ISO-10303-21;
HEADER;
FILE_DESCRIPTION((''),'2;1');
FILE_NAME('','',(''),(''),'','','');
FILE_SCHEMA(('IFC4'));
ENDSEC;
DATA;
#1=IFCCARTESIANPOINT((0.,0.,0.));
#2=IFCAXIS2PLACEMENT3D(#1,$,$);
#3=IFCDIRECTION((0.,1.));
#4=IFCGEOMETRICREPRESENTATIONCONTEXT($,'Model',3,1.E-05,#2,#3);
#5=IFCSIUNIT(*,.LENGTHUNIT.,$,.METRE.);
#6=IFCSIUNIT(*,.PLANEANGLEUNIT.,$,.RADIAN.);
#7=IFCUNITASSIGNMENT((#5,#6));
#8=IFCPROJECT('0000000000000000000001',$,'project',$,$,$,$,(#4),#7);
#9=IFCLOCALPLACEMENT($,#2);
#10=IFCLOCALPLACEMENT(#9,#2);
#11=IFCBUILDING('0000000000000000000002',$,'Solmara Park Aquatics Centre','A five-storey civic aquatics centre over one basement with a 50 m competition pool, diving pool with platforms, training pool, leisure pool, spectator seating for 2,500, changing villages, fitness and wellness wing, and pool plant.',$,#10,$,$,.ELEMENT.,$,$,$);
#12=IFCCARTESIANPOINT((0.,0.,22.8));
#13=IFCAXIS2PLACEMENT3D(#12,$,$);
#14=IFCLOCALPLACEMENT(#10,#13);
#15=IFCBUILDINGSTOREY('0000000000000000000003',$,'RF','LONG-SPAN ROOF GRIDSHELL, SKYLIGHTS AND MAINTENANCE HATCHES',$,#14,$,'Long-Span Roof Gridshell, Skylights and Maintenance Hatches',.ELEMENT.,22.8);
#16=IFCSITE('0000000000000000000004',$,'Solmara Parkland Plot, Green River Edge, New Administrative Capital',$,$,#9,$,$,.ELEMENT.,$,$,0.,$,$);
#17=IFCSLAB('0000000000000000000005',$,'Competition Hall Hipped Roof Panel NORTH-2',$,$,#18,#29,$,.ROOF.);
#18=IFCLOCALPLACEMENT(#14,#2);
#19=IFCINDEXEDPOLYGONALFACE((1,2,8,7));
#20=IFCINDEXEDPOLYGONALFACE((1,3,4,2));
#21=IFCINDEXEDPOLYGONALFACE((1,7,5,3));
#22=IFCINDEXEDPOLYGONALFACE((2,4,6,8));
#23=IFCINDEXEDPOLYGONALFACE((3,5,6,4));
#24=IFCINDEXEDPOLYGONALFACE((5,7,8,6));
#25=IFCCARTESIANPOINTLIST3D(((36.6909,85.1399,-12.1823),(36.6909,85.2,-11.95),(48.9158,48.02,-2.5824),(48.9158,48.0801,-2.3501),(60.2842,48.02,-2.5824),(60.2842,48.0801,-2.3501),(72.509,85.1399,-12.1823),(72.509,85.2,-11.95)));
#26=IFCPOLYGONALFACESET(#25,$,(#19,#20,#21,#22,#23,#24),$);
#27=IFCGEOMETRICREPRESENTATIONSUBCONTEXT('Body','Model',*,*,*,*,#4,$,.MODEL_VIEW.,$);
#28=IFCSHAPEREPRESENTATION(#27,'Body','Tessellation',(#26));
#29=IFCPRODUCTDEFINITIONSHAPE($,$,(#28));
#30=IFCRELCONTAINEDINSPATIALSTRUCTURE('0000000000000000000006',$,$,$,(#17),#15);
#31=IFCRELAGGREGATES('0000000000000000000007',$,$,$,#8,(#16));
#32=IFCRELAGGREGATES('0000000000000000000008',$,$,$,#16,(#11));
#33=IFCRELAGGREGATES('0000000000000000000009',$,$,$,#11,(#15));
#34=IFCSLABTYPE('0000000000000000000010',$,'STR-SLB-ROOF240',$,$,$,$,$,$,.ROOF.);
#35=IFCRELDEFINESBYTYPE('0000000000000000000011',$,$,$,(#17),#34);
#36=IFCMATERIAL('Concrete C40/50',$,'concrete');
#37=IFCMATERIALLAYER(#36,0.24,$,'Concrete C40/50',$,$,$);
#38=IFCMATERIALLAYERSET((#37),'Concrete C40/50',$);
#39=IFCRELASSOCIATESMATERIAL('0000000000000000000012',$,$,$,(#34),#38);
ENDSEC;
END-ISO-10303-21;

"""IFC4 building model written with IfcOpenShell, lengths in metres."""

from ifc_helpers import new_model, si_unit, direction, frame, origin, place, context, subcontext, project, spatial, polyline, outline, extrude, material, layer, layer_set, type_object, element, save


model = new_model("IFC4")

# Units and contexts
model_context = context("Model", 3, precision=1e-05, world=origin(), true_north=direction((0.0, 1.0)))
body_context = subcontext(model_context, "Body", "Model", "MODEL_VIEW")
ifc_project = project(units=[si_unit("LENGTHUNIT", "METRE"), si_unit("PLANEANGLEUNIT", "RADIAN")], contexts=[model_context])

# Site, building, storey
site_placement = place(None, origin())
site = spatial("IfcSite", under=ifc_project, at=site_placement, Name="Solmara Parkland Plot, Green River Edge, New Administrative Capital", CompositionType="ELEMENT", RefElevation=0.0)
building_placement = place(site_placement, origin())
building = spatial("IfcBuilding", under=site, at=building_placement, Name="Solmara Park Aquatics Centre", Description="A five-storey civic aquatics centre over one basement with a 50 m competition pool, diving pool with platforms, training pool, leisure pool, spectator seating for 2,500, changing villages, fitness and wellness wing, and pool plant.", CompositionType="ELEMENT")
storey_placement = place(building_placement, frame((0.0, 0.0, 22.8)))
storey = spatial("IfcBuildingStorey", under=building, at=storey_placement, Name="RF", Description="LONG-SPAN ROOF GRIDSHELL, SKYLIGHTS AND MAINTENANCE HATCHES", LongName="Long-Span Roof Gridshell, Skylights and Maintenance Hatches", CompositionType="ELEMENT", Elevation=22.8)

# Slab
ifc_material_1 = material(Name="Concrete C40/50", Category="concrete")
ifc_layer_1 = layer(ifc_material_1, 0.24, Name="Concrete C40/50")
ifc_layer_set_1 = layer_set([ifc_layer_1], Name="Concrete C40/50")
slab_type = type_object("IfcSlabType", Name="STR-SLB-ROOF240", PredefinedType="ROOF", material=ifc_layer_set_1)
slab_placement = place(storey_placement, frame((72.509, 85.2, -11.95), z_axis=(0.0, 0.25038, 0.968148), x_axis=(-1.0, 0.0, 0.0)))
element("IfcSlab", 1, at=slab_placement, inside=storey, type_object=slab_type, Name="Competition Hall Hipped Roof Panel NORTH-2", PredefinedType="ROOF", context=body_context, shape_type="SweptSolid", body=[
    extrude(outline(polyline([(0.0, 0.0), (35.8181, 0.0), (23.5933, 38.3411), (12.2249, 38.3411), (0.0, 0.0)])), origin(), (0.0, 0.0, -1.0), 0.24),
])

save(model, "model.ifc")
